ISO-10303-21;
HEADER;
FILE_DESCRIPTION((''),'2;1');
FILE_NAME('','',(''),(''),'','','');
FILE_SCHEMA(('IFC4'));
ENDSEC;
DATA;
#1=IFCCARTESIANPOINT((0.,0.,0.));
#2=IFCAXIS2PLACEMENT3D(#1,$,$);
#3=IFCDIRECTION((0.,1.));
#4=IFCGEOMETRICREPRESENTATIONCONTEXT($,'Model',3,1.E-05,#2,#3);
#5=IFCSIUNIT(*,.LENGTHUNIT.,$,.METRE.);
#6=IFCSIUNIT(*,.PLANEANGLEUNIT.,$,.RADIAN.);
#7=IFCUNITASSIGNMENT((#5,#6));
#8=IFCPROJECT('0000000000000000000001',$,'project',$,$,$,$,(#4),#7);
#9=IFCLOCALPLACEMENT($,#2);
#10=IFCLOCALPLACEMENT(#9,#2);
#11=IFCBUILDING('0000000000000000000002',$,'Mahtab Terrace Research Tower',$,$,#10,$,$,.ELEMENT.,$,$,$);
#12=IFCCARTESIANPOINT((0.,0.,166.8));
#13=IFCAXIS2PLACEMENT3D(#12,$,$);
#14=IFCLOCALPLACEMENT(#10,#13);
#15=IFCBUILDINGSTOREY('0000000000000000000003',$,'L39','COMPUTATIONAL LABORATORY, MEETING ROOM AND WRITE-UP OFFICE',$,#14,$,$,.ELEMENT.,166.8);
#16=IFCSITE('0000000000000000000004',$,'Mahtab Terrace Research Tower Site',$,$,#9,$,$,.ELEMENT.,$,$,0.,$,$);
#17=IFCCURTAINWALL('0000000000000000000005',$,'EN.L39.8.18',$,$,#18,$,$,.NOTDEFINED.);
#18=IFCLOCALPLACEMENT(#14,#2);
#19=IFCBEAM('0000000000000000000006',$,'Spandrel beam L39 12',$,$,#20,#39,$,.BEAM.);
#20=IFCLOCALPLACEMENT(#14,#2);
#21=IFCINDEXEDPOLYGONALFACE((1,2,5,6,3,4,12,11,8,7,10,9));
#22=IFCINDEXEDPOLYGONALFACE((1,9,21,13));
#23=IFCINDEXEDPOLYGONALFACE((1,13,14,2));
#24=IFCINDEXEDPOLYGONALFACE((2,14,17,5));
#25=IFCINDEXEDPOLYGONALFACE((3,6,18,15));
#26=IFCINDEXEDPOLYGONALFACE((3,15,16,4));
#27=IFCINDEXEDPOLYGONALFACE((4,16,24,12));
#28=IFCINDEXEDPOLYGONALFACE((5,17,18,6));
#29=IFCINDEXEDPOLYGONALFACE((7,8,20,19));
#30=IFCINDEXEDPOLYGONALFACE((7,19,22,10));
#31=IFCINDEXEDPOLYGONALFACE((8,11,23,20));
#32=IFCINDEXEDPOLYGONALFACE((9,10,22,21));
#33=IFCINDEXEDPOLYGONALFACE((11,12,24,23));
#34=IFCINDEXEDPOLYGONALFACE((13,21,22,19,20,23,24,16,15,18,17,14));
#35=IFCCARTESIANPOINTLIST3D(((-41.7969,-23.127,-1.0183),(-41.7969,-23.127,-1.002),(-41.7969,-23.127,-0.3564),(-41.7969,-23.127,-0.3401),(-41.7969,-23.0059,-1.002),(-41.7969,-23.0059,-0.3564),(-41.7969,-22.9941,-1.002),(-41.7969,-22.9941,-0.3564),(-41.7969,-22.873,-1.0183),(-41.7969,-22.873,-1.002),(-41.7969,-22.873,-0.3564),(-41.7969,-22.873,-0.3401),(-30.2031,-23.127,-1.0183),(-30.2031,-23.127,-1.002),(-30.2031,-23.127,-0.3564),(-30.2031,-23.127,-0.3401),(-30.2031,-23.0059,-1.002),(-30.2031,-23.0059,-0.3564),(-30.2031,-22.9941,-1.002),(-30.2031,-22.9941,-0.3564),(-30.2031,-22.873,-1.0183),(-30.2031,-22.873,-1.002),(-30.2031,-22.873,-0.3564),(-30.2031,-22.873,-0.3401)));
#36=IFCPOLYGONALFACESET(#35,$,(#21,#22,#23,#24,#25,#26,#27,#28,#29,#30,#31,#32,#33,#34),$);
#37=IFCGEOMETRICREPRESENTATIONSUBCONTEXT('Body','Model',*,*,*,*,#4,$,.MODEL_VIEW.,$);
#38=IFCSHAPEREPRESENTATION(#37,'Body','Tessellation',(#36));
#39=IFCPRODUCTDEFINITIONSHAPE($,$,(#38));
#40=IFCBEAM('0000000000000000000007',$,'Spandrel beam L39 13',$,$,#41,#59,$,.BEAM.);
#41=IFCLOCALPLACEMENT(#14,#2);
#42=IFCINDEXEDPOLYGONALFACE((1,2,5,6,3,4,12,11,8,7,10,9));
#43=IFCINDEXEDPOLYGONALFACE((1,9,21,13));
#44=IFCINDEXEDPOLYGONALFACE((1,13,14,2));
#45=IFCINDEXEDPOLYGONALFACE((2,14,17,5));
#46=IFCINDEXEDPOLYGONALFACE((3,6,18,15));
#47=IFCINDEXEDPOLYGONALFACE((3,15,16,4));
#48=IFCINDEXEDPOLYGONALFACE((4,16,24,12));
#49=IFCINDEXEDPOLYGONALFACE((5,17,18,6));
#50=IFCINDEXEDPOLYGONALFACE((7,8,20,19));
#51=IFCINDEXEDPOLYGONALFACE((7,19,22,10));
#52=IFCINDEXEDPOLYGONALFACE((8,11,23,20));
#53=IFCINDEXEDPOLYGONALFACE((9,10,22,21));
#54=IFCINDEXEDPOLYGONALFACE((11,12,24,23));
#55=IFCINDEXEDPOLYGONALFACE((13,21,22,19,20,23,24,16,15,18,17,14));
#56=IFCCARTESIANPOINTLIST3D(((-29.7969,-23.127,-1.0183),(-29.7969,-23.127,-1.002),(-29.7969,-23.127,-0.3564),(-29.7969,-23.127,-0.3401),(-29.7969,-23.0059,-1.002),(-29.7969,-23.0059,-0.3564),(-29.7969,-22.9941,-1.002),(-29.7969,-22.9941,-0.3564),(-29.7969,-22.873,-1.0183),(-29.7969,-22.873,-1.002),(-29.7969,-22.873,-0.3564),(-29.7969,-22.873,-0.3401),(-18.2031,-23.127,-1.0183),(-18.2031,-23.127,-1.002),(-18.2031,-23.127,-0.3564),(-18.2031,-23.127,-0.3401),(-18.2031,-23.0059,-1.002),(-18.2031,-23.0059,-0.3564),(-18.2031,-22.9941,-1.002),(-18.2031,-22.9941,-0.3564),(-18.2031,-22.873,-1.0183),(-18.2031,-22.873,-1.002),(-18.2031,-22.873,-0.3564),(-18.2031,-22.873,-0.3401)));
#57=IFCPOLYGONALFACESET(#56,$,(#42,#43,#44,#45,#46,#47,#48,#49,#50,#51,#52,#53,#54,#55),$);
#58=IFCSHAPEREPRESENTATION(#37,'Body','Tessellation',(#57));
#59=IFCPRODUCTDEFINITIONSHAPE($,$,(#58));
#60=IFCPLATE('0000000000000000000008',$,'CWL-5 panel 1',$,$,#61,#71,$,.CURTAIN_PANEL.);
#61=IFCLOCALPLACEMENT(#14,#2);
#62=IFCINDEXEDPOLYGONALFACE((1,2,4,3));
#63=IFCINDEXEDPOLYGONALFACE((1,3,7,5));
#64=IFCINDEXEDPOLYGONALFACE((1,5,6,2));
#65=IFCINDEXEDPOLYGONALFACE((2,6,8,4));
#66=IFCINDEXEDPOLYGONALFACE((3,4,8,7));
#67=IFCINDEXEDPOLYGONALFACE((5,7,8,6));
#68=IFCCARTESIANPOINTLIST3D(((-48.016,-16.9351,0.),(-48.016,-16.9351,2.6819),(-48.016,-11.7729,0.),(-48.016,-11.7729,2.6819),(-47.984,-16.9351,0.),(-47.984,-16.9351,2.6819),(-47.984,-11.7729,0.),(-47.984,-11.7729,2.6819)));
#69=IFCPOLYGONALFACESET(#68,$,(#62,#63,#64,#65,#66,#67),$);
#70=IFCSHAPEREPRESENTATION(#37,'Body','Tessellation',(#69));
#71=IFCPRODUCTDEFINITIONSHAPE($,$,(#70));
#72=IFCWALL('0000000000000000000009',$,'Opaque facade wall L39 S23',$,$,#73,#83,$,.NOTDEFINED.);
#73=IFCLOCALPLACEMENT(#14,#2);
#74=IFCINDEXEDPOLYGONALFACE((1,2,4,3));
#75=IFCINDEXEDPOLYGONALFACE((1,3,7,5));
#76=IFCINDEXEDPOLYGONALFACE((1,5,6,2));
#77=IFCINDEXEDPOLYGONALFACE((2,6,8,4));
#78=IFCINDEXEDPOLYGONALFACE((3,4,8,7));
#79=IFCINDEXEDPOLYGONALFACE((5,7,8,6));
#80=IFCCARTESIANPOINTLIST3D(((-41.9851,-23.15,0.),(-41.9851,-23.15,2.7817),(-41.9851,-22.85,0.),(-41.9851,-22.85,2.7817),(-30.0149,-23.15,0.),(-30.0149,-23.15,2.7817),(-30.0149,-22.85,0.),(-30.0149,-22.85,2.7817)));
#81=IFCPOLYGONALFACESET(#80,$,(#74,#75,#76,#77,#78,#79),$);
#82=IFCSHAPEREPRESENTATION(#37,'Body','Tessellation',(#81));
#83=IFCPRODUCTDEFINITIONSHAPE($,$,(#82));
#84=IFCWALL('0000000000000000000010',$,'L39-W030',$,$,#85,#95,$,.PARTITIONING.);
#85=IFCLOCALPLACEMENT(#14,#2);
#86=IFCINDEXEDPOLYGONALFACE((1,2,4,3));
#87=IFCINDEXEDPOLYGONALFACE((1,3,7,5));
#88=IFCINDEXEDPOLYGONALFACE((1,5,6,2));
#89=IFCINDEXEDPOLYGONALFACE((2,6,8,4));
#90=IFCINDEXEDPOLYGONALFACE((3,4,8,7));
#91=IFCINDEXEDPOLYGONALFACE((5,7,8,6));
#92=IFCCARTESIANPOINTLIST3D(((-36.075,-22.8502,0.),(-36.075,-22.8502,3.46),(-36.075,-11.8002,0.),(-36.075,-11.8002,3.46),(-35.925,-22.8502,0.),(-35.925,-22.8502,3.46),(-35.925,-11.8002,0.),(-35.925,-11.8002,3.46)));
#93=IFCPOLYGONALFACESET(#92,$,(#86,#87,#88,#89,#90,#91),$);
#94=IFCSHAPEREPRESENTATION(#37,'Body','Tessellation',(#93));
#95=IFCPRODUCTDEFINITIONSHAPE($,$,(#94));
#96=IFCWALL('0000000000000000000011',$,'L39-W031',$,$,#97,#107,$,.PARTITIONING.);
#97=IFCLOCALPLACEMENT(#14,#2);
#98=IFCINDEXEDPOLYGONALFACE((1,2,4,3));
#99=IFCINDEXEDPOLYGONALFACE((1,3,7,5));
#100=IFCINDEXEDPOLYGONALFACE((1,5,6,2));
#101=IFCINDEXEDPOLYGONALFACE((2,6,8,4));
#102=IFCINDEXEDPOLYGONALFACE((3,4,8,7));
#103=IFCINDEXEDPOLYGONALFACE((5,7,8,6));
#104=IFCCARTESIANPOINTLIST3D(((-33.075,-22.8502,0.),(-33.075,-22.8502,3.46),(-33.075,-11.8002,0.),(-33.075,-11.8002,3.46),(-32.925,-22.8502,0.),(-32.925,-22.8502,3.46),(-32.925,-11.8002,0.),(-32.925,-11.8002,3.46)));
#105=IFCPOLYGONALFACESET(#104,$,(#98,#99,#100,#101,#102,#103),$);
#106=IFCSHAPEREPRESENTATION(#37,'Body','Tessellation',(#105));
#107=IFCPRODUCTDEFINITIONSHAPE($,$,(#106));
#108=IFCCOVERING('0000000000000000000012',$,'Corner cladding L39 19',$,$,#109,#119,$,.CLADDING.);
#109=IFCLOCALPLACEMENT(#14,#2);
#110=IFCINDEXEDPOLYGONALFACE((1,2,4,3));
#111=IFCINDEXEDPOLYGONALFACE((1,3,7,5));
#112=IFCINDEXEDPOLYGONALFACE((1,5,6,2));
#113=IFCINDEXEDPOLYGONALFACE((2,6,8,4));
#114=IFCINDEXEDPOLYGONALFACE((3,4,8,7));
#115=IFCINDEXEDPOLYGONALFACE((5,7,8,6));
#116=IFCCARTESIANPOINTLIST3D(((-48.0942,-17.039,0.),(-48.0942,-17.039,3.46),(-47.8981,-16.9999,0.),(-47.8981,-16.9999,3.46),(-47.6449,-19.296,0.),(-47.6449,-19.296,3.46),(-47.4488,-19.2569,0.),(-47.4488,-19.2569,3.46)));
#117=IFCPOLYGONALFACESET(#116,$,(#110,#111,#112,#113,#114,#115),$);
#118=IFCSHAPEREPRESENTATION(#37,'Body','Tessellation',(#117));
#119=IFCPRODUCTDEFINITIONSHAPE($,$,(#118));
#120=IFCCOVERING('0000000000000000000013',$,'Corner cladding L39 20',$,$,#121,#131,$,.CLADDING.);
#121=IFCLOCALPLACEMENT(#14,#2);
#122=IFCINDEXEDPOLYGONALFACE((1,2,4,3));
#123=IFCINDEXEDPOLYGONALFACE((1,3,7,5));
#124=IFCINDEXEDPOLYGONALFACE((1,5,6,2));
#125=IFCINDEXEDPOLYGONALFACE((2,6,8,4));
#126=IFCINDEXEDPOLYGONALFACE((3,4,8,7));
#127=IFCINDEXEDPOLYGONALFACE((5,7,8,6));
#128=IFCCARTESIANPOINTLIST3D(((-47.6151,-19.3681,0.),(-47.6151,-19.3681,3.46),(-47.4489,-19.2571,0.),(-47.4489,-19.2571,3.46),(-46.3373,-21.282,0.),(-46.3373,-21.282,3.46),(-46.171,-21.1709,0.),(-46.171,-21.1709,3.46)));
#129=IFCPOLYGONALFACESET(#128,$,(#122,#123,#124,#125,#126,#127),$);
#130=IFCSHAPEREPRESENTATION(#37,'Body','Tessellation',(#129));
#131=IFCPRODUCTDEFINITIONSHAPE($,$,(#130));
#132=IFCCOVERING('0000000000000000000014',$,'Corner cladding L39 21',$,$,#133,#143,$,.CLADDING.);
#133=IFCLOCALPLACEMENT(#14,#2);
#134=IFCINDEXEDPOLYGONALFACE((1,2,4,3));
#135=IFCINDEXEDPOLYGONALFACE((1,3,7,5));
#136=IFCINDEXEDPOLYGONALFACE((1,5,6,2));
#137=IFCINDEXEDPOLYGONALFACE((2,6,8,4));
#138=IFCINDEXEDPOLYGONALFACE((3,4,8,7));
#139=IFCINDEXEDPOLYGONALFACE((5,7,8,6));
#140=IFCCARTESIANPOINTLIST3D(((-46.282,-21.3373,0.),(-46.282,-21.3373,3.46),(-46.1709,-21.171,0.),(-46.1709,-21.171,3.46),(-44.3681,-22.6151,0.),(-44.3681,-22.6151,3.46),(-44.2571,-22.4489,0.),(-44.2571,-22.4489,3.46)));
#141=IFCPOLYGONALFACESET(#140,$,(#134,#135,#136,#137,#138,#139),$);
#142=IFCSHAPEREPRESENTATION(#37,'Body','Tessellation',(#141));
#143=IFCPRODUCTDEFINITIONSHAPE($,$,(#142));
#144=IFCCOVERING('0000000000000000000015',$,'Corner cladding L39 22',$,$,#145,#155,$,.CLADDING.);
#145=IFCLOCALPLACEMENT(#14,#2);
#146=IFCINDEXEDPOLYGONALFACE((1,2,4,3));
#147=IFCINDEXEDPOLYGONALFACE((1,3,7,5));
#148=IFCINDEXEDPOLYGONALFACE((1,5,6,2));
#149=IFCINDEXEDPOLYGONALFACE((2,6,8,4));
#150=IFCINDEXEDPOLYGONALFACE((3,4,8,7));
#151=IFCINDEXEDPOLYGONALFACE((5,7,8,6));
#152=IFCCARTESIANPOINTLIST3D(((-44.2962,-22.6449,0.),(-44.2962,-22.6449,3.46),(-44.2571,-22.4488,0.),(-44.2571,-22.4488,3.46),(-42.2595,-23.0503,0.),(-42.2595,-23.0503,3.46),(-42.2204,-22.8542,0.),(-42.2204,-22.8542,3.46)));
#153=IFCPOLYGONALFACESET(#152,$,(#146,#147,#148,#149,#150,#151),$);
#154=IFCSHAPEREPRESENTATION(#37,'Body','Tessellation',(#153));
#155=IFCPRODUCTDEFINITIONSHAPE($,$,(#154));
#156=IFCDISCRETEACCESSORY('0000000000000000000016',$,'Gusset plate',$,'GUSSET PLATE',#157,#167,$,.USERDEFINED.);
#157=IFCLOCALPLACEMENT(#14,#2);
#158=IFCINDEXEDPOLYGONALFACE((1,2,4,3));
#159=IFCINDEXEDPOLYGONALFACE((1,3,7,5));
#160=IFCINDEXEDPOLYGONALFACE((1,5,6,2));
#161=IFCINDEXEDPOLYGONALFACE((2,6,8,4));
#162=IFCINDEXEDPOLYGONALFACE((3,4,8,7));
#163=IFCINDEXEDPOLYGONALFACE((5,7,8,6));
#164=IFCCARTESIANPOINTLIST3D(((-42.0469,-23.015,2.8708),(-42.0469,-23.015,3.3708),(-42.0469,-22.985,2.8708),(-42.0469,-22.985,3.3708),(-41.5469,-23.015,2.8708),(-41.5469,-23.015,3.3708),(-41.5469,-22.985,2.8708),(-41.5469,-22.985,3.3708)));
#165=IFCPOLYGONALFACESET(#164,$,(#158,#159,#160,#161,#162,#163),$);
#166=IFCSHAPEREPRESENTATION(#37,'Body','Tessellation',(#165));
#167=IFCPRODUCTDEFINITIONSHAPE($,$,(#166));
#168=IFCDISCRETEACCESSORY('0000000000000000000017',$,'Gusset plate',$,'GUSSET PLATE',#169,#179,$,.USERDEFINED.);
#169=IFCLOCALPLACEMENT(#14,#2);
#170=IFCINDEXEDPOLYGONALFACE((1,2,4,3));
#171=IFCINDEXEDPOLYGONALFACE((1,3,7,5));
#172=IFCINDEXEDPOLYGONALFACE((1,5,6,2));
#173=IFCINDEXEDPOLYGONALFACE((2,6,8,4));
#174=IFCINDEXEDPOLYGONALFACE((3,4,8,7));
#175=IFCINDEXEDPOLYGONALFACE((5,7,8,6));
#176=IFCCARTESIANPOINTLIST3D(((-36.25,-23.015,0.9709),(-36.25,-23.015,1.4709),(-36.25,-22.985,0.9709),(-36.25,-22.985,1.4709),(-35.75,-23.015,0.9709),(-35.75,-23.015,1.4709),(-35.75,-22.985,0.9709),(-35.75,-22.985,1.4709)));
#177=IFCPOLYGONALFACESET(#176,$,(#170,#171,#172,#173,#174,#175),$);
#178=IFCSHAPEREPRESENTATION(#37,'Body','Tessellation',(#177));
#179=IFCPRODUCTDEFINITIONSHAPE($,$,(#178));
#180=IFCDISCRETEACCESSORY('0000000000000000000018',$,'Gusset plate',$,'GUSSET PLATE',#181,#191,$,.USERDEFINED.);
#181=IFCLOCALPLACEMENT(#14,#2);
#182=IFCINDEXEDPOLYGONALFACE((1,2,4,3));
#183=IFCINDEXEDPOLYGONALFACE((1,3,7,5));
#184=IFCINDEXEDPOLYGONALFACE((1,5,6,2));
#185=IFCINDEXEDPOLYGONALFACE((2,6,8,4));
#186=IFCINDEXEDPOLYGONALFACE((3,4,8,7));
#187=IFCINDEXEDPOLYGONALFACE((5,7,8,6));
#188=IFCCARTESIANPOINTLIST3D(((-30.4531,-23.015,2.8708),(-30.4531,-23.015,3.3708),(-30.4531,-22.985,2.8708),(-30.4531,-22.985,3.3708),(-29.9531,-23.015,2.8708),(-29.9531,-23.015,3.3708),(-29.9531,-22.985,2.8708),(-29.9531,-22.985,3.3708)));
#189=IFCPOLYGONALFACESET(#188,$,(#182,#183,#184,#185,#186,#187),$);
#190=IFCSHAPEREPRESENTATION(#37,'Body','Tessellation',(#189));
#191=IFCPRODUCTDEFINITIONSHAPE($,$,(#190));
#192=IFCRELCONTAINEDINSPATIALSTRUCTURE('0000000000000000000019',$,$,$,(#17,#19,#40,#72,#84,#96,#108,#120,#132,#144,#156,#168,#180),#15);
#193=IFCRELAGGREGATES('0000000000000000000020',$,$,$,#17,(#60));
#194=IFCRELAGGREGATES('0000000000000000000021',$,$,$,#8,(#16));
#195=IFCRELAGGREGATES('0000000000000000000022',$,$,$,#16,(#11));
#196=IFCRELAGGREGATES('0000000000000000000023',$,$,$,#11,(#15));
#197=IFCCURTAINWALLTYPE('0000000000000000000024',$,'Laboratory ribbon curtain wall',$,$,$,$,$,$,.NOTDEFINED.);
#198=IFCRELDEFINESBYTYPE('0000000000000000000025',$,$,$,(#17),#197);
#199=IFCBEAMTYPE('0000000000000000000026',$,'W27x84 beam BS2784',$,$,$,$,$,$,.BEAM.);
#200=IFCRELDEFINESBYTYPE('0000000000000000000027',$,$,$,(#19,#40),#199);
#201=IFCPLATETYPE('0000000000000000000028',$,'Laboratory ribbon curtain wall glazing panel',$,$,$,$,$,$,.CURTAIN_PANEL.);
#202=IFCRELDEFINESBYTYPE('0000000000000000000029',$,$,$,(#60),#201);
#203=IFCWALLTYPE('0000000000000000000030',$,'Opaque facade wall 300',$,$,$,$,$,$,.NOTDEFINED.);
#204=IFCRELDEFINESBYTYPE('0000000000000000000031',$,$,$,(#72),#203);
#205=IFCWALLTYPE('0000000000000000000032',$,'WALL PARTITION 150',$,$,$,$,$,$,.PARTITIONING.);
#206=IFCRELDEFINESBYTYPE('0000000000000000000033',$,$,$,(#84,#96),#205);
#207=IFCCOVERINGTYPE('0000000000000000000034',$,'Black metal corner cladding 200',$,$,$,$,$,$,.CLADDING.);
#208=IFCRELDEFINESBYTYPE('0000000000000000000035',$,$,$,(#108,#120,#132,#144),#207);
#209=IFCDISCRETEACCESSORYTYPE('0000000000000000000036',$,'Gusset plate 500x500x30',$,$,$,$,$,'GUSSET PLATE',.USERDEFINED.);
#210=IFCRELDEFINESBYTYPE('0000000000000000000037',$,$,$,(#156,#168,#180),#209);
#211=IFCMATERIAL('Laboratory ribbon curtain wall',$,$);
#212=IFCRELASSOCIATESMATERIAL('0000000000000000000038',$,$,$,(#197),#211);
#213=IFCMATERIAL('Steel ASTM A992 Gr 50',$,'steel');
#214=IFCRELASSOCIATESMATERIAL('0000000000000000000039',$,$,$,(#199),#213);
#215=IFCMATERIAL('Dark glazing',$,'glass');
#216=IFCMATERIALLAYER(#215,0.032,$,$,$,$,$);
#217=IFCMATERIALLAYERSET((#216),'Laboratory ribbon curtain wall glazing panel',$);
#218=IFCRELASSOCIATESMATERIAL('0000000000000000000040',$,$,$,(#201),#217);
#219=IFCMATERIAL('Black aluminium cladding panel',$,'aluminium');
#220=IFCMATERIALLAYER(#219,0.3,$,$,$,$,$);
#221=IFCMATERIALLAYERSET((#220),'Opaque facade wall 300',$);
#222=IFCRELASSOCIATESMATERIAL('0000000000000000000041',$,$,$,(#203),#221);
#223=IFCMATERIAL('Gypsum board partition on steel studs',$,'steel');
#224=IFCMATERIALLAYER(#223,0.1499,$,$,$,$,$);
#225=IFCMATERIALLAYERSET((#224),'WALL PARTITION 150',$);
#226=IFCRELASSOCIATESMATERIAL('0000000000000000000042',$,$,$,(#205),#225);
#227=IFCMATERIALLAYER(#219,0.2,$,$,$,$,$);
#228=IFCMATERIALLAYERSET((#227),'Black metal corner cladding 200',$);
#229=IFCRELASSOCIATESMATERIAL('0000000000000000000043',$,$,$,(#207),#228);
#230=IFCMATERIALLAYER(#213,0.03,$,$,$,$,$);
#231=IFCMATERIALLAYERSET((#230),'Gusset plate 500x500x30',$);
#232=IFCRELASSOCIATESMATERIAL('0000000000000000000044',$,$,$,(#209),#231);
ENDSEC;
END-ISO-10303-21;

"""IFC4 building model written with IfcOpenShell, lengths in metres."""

from ifc_helpers import new_model, si_unit, direction, frame, frame_2d, origin, origin_2d, place, context, subcontext, project, spatial, rectangle, i_section, extrude, material, layer, layer_set, material_profile, profile_set, type_object, element, aggregate, save


model = new_model("IFC4")

# Units and contexts
model_context = context("Model", 3, precision=1e-05, world=origin(), true_north=direction((0.0, 1.0)))
body_context = subcontext(model_context, "Body", "Model", "MODEL_VIEW")
ifc_project = project(units=[si_unit("LENGTHUNIT", "METRE"), si_unit("PLANEANGLEUNIT", "RADIAN")], contexts=[model_context])

# Site, building, storey
site_placement = place(None, origin())
site = spatial("IfcSite", under=ifc_project, at=site_placement, Name="Mahtab Terrace Research Tower Site", CompositionType="ELEMENT", RefElevation=0.0)
building_placement = place(site_placement, origin())
building = spatial("IfcBuilding", under=site, at=building_placement, Name="Mahtab Terrace Research Tower", CompositionType="ELEMENT")
storey_placement = place(building_placement, frame((0.0, 0.0, 166.8)))
storey = spatial("IfcBuildingStorey", under=building, at=storey_placement, Name="L39", Description="COMPUTATIONAL LABORATORY, MEETING ROOM AND WRITE-UP OFFICE", CompositionType="ELEMENT", Elevation=166.8)

# Shared definitions
ifc_material_1 = material(Name="Steel ASTM A992 Gr 50", Category="steel")

# Curtain wall
ifc_material_2 = material(Name="Laboratory ribbon curtain wall")
curtain_wall_type = type_object("IfcCurtainWallType", Name="Laboratory ribbon curtain wall", PredefinedType="NOTDEFINED", material=ifc_material_2)
curtain_wall_1_placement = place(storey_placement, origin())
curtain_wall_1 = element("IfcCurtainWall", 1, at=curtain_wall_1_placement, inside=storey, type_object=curtain_wall_type, Name="EN.L39.8.18", PredefinedType="NOTDEFINED")

# Beams
ifc_material_profile_1 = material_profile(ifc_material_1, i_section(OverallWidth=0.2539, OverallDepth=0.6782, WebThickness=0.0117, FlangeThickness=0.0164, at=origin_2d()), Name="W27X84")
ifc_profile_set_1 = profile_set([ifc_material_profile_1], Name="Steel ASTM A992 Gr 50")
beam_type = type_object("IfcBeamType", Name="W27x84 beam BS2784", PredefinedType="BEAM", material=ifc_profile_set_1)
for number, where, z_axis, x_axis, name in (
    (2, (-41.7969, -23.0, -0.6792), (1.0, 0.0, 0.0), (0.0, 1.0, 0.0), "Spandrel beam L39 12"),
    (3, (-29.7969, -23.0, -0.6792), (1.0, 0.0, 0.0), (0.0, 1.0, 0.0), "Spandrel beam L39 13"),
):
    element("IfcBeam", number, at=place(storey_placement, frame(where, z_axis=z_axis, x_axis=x_axis)), inside=storey, type_object=beam_type, Name=name, PredefinedType="BEAM", context=body_context, shape_type="SweptSolid", body=[
        extrude(i_section(OverallWidth=0.2539, OverallDepth=0.6782, WebThickness=0.0117, FlangeThickness=0.0164, at=origin_2d()), origin(), (0.0, 0.0, 1.0), 11.5938),
    ])

# Plate
ifc_material_3 = material(Name="Dark glazing", Category="glass")
ifc_layer_1 = layer(ifc_material_3, 0.032)
ifc_layer_set_1 = layer_set([ifc_layer_1], Name="Laboratory ribbon curtain wall glazing panel")
plate_type = type_object("IfcPlateType", Name="Laboratory ribbon curtain wall glazing panel", PredefinedType="CURTAIN_PANEL", material=ifc_layer_set_1)
plate_placement = place(storey_placement, frame((-48.0, -14.354, 0.0), z_axis=(0.0, 0.0, 1.0), x_axis=(0.0, -1.0, 0.0)))
plate = element("IfcPlate", 4, at=plate_placement, type_object=plate_type, Name="CWL-5 panel 1", PredefinedType="CURTAIN_PANEL", context=body_context, shape_type="SweptSolid", body=[
    extrude(rectangle(XDim=5.1621, YDim=0.032, at=origin_2d()), origin(), (0.0, 0.0, 1.0), 2.6819),
])
aggregate(curtain_wall_1, [plate])

# Walls
ifc_material_4 = material(Name="Black aluminium cladding panel", Category="aluminium")
ifc_layer_2 = layer(ifc_material_4, 0.3)
ifc_layer_set_2 = layer_set([ifc_layer_2], Name="Opaque facade wall 300")
wall_type_1 = type_object("IfcWallType", Name="Opaque facade wall 300", PredefinedType="NOTDEFINED", material=ifc_layer_set_2)
wall_placement = place(storey_placement, frame((-41.9851, -23.0, 0.0), z_axis=(0.0, 0.0, 1.0), x_axis=(1.0, 0.0, 0.0)))
element("IfcWall", 5, at=wall_placement, inside=storey, type_object=wall_type_1, Name="Opaque facade wall L39 S23", PredefinedType="NOTDEFINED", context=body_context, shape_type="SweptSolid", body=[
    extrude(rectangle(XDim=11.9702, YDim=0.3, at=frame_2d((5.9851, 0.0))), origin(), (0.0, 0.0, 1.0), 2.7817),
])
ifc_material_5 = material(Name="Gypsum board partition on steel studs", Category="steel")
ifc_layer_3 = layer(ifc_material_5, 0.1499)
ifc_layer_set_3 = layer_set([ifc_layer_3], Name="WALL PARTITION 150")
wall_type_2 = type_object("IfcWallType", Name="WALL PARTITION 150", PredefinedType="PARTITIONING", material=ifc_layer_set_3)
for number, where, z_axis, x_axis, name in (
    (6, (-36.0, -22.8501, 0.0), (0.0, 0.0, 1.0), (0.0, 1.0, 0.0), "L39-W030"),
    (7, (-33.0, -22.8501, 0.0), (0.0, 0.0, 1.0), (0.0, 1.0, 0.0), "L39-W031"),
):
    element("IfcWall", number, at=place(storey_placement, frame(where, z_axis=z_axis, x_axis=x_axis)), inside=storey, type_object=wall_type_2, Name=name, PredefinedType="PARTITIONING", context=body_context, shape_type="SweptSolid", body=[
        extrude(rectangle(XDim=11.05, YDim=0.1499, at=frame_2d((5.5249, 0.0))), origin(), (0.0, 0.0, 1.0), 3.46),
    ])

# Coverings
ifc_layer_4 = layer(ifc_material_4, 0.2)
ifc_layer_set_4 = layer_set([ifc_layer_4], Name="Black metal corner cladding 200")
covering_type = type_object("IfcCoveringType", Name="Black metal corner cladding 200", PredefinedType="CLADDING", material=ifc_layer_set_4)
for number, where, z_axis, x_axis, name in (
    (8, (-47.7715, -18.1479, 0.0), (0.0, 0.0, 1.0), (0.195212, -0.980761, 0.0), "Corner cladding L39 19"),
    (9, (-46.8931, -20.2695, 0.0), (0.0, 0.0, 1.0), (0.555291, -0.831656, 0.0), "Corner cladding L39 20"),
    (10, (-45.2695, -21.8931, 0.0), (0.0, 0.0, 1.0), (0.831656, -0.555291, 0.0), "Corner cladding L39 21"),
):
    element("IfcCovering", number, at=place(storey_placement, frame(where, z_axis=z_axis, x_axis=x_axis)), inside=storey, type_object=covering_type, Name=name, PredefinedType="CLADDING", context=body_context, shape_type="SweptSolid", body=[
        extrude(rectangle(XDim=2.3013, YDim=0.2, at=origin_2d()), origin(), (0.0, 0.0, 1.0), 3.46),
    ])
covering_placement = place(storey_placement, frame((-43.2583, -22.7495, 0.0), z_axis=(0.0, 0.0, 1.0), x_axis=(0.980761, -0.195212, 0.0)))
element("IfcCovering", 11, at=covering_placement, inside=storey, type_object=covering_type, Name="Corner cladding L39 22", PredefinedType="CLADDING", context=body_context, shape_type="SweptSolid", body=[
    extrude(rectangle(XDim=2.0767, YDim=0.2, at=origin_2d()), origin(), (0.0, 0.0, 1.0), 3.46),
])

# Discrete accessories
ifc_layer_5 = layer(ifc_material_1, 0.03)
ifc_layer_set_5 = layer_set([ifc_layer_5], Name="Gusset plate 500x500x30")
discrete_accessory_type = type_object("IfcDiscreteAccessoryType", Name="Gusset plate 500x500x30", ElementType="GUSSET PLATE", PredefinedType="USERDEFINED", material=ifc_layer_set_5)
for number, where, z_axis, x_axis, name in (
    (12, (-41.7969, -23.0, 2.8708), (0.0, 0.0, 1.0), (1.0, 0.0, 0.0), "Gusset plate"),
    (13, (-36.0, -23.0, 0.9709), (0.0, 0.0, 1.0), (1.0, 0.0, 0.0), "Gusset plate"),
    (14, (-30.2031, -23.0, 2.8708), (0.0, 0.0, 1.0), (1.0, 0.0, 0.0), "Gusset plate"),
):
    element("IfcDiscreteAccessory", number, at=place(storey_placement, frame(where, z_axis=z_axis, x_axis=x_axis)), inside=storey, type_object=discrete_accessory_type, Name=name, ObjectType="GUSSET PLATE", PredefinedType="USERDEFINED", context=body_context, shape_type="SweptSolid", body=[
        extrude(rectangle(XDim=0.5, YDim=0.03, at=origin_2d()), origin(), (0.0, 0.0, 1.0), 0.5),
    ])

save(model, "model.ifc")
